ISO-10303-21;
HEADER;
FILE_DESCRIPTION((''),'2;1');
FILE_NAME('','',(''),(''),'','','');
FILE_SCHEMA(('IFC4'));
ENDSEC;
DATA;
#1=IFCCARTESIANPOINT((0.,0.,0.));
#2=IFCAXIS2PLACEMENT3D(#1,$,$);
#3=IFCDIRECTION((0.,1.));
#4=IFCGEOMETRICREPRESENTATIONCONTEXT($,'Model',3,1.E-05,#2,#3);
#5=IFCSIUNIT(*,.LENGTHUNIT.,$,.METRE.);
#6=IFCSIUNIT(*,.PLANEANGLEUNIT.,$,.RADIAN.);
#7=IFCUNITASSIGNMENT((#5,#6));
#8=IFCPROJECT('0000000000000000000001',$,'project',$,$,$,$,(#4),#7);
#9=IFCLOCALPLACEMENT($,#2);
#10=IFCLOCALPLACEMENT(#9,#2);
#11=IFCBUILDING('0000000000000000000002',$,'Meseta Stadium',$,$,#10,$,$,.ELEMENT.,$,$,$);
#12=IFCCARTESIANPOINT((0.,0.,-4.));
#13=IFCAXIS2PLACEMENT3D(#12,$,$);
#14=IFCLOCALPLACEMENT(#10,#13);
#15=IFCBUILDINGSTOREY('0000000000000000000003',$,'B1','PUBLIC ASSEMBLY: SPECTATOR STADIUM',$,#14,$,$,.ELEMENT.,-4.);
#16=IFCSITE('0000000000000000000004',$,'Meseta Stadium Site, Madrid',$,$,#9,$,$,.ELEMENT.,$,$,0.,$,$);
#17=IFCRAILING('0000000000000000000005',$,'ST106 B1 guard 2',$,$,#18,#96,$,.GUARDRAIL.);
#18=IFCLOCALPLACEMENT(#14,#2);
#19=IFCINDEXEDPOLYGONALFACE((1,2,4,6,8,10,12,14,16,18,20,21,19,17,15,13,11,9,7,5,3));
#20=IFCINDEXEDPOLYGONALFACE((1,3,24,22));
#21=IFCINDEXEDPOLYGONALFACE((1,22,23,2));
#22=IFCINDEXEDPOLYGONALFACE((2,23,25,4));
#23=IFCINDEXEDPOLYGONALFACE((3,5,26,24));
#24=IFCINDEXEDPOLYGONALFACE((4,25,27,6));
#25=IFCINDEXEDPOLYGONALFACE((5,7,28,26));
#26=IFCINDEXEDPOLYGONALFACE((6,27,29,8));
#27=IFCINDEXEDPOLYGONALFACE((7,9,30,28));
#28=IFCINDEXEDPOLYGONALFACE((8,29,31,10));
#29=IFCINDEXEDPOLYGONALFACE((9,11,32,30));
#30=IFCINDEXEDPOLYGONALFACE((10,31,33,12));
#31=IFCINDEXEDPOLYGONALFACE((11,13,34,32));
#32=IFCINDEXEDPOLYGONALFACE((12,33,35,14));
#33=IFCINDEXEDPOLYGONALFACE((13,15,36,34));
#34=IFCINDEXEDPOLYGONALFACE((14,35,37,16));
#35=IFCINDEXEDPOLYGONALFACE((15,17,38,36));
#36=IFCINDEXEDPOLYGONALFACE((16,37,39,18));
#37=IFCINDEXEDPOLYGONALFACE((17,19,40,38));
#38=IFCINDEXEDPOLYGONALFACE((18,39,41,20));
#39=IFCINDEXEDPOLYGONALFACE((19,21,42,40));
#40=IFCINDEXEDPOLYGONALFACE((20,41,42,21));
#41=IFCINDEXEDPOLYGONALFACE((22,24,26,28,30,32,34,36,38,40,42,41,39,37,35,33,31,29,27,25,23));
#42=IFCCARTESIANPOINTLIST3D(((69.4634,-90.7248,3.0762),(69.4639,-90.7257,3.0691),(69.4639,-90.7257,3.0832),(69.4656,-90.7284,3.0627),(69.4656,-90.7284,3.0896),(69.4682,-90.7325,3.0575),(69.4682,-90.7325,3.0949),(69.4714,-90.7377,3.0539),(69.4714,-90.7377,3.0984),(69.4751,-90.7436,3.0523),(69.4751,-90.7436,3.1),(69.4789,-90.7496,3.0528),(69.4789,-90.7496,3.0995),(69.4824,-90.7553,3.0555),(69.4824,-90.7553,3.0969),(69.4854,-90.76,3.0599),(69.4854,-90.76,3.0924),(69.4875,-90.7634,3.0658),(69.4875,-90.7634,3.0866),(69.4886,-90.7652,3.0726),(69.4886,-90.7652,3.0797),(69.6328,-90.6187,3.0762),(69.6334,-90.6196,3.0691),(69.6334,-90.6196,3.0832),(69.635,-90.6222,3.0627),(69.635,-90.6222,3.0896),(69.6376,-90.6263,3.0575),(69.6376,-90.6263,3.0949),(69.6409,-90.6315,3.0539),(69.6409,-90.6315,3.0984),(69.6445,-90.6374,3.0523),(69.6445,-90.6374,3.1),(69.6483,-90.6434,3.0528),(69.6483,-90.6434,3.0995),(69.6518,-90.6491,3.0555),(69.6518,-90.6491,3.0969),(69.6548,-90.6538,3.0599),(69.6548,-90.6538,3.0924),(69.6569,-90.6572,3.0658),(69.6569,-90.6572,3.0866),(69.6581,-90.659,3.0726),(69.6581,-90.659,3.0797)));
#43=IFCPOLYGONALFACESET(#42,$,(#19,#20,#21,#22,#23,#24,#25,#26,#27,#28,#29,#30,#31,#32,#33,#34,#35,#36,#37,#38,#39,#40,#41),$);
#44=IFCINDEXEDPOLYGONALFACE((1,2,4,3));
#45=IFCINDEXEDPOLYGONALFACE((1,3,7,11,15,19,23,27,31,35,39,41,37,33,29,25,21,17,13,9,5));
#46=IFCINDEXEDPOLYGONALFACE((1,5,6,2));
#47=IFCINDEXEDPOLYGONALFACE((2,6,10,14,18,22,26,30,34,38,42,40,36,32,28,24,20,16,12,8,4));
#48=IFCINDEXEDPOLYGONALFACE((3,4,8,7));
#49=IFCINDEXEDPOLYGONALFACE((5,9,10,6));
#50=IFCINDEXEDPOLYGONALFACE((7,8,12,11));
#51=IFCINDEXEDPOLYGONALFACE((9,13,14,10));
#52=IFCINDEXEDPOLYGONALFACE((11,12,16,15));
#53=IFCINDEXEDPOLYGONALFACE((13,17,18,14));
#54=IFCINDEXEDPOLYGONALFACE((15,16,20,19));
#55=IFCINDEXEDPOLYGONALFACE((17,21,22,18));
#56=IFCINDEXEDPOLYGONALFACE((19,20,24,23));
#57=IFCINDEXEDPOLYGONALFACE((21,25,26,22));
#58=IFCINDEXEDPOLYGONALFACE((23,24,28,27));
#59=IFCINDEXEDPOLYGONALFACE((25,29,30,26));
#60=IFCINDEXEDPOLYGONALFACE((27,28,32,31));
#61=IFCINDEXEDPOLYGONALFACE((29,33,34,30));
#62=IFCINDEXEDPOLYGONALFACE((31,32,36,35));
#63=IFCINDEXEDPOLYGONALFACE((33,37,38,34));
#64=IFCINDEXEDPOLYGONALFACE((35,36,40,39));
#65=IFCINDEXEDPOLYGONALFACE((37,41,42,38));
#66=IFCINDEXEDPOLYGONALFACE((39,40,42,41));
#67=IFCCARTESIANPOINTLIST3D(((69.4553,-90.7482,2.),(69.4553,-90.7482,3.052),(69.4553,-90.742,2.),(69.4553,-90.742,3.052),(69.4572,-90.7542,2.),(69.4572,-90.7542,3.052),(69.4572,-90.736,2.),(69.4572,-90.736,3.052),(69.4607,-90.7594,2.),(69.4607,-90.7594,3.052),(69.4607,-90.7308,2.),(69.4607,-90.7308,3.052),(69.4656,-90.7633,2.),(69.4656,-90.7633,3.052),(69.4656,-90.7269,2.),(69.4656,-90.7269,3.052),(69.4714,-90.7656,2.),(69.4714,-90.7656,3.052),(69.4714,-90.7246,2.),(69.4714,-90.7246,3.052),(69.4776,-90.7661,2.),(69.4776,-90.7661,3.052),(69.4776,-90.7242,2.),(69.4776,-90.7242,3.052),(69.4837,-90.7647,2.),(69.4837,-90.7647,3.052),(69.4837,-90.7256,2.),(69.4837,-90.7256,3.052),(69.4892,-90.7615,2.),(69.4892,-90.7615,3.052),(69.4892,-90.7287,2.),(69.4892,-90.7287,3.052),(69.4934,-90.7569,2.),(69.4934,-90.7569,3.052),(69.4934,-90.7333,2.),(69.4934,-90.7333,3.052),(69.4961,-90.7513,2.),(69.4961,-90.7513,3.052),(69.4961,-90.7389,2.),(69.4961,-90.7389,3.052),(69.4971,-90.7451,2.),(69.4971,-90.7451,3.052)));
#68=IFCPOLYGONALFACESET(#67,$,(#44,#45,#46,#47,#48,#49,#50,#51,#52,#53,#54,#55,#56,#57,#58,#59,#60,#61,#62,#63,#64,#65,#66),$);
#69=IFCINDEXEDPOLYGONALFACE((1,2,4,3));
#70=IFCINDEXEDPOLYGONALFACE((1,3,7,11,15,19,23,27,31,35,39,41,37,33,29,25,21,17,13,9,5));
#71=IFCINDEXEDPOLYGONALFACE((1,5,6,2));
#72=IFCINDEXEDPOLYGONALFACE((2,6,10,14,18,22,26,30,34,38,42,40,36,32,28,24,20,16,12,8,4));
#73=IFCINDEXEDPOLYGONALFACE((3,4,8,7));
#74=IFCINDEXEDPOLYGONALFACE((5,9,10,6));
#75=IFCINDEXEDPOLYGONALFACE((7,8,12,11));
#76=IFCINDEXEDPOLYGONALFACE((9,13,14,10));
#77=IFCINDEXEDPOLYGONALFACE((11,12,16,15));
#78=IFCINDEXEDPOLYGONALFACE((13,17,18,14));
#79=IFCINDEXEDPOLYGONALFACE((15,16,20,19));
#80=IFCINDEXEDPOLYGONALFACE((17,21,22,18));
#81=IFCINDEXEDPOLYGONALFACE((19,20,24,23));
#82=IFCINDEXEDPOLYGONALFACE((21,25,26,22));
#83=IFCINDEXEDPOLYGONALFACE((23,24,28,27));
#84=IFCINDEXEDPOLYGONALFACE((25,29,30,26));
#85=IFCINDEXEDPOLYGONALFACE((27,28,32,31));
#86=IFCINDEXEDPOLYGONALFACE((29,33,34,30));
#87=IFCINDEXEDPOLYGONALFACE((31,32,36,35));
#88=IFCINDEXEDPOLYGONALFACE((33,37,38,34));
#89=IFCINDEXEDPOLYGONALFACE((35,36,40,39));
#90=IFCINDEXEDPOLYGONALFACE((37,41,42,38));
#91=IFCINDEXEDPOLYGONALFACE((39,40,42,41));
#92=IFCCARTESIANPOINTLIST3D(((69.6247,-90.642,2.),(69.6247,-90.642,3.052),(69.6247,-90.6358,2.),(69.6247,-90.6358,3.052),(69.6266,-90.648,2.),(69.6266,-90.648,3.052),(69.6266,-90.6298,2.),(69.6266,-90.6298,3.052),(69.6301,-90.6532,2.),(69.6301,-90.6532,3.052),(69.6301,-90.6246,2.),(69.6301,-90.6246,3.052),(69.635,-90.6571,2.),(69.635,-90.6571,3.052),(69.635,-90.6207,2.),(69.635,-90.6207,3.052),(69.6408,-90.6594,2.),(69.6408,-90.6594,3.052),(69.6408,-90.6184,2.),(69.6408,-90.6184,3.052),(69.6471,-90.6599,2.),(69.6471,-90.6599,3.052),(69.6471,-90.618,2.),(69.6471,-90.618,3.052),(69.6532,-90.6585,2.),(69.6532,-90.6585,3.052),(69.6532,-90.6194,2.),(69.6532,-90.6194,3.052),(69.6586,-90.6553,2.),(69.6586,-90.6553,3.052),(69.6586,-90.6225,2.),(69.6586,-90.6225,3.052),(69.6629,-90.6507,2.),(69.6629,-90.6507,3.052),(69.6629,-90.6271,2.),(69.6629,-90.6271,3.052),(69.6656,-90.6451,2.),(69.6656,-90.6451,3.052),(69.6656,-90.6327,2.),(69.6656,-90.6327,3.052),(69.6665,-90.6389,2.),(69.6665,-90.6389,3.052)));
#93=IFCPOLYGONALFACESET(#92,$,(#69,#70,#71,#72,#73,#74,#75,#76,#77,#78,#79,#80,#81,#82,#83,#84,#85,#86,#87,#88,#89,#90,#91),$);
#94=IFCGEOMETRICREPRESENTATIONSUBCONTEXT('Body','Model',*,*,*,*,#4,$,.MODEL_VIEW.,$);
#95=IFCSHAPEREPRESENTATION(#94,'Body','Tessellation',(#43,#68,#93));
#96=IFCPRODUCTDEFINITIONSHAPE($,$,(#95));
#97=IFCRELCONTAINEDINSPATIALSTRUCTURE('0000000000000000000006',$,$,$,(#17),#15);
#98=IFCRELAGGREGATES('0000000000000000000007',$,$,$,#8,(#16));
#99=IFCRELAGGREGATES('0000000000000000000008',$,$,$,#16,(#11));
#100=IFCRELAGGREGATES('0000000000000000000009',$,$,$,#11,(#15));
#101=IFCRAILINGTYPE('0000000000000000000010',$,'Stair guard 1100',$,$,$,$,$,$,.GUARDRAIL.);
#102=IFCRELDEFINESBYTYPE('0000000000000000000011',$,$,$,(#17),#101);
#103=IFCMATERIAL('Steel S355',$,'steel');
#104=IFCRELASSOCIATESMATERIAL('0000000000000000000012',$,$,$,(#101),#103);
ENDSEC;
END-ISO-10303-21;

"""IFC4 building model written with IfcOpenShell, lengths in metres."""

from ifc_helpers import new_model, si_unit, direction, frame, origin, origin_2d, place, context, subcontext, project, spatial, circle, extrude, material, type_object, element, save


model = new_model("IFC4")

# Units and contexts
model_context = context("Model", 3, precision=1e-05, world=origin(), true_north=direction((0.0, 1.0)))
body_context = subcontext(model_context, "Body", "Model", "MODEL_VIEW")
ifc_project = project(units=[si_unit("LENGTHUNIT", "METRE"), si_unit("PLANEANGLEUNIT", "RADIAN")], contexts=[model_context])

# Site, building, storey
site_placement = place(None, origin())
site = spatial("IfcSite", under=ifc_project, at=site_placement, Name="Meseta Stadium Site, Madrid", CompositionType="ELEMENT", RefElevation=0.0)
building_placement = place(site_placement, origin())
building = spatial("IfcBuilding", under=site, at=building_placement, Name="Meseta Stadium", CompositionType="ELEMENT")
storey_placement = place(building_placement, frame((0.0, 0.0, -4.0)))
storey = spatial("IfcBuildingStorey", under=building, at=storey_placement, Name="B1", Description="PUBLIC ASSEMBLY: SPECTATOR STADIUM", CompositionType="ELEMENT", Elevation=-4.0)

# Railing
ifc_material_1 = material(Name="Steel S355", Category="steel")
railing_type_1 = type_object("IfcRailingType", Name="Stair guard 1100", PredefinedType="GUARDRAIL", material=ifc_material_1)
railing_1_placement = place(storey_placement, frame((69.4761, -90.7451, 2.0)))
element("IfcRailing", 1, at=railing_1_placement, inside=storey, type_object=railing_type_1, Name="ST106 B1 guard 2", PredefinedType="GUARDRAIL", context=body_context, shape_type="SweptSolid", body=[
    extrude(circle(Radius=0.0239, at=origin_2d()), frame((0.0, 0.0, 1.0762), z_axis=(0.847312, 0.531096, 0.0), x_axis=(-0.531096, 0.847312, 0.0)), (0.0, 0.0, 1.0), 0.2),
    extrude(circle(Radius=0.021, at=origin_2d()), origin(), (0.0, 0.0, 1.0), 1.052),
    extrude(circle(Radius=0.021, at=origin_2d()), frame((0.1694, 0.1062, 0.0)), (0.0, 0.0, 1.0), 1.052),
])

save(model, "model.ifc")
